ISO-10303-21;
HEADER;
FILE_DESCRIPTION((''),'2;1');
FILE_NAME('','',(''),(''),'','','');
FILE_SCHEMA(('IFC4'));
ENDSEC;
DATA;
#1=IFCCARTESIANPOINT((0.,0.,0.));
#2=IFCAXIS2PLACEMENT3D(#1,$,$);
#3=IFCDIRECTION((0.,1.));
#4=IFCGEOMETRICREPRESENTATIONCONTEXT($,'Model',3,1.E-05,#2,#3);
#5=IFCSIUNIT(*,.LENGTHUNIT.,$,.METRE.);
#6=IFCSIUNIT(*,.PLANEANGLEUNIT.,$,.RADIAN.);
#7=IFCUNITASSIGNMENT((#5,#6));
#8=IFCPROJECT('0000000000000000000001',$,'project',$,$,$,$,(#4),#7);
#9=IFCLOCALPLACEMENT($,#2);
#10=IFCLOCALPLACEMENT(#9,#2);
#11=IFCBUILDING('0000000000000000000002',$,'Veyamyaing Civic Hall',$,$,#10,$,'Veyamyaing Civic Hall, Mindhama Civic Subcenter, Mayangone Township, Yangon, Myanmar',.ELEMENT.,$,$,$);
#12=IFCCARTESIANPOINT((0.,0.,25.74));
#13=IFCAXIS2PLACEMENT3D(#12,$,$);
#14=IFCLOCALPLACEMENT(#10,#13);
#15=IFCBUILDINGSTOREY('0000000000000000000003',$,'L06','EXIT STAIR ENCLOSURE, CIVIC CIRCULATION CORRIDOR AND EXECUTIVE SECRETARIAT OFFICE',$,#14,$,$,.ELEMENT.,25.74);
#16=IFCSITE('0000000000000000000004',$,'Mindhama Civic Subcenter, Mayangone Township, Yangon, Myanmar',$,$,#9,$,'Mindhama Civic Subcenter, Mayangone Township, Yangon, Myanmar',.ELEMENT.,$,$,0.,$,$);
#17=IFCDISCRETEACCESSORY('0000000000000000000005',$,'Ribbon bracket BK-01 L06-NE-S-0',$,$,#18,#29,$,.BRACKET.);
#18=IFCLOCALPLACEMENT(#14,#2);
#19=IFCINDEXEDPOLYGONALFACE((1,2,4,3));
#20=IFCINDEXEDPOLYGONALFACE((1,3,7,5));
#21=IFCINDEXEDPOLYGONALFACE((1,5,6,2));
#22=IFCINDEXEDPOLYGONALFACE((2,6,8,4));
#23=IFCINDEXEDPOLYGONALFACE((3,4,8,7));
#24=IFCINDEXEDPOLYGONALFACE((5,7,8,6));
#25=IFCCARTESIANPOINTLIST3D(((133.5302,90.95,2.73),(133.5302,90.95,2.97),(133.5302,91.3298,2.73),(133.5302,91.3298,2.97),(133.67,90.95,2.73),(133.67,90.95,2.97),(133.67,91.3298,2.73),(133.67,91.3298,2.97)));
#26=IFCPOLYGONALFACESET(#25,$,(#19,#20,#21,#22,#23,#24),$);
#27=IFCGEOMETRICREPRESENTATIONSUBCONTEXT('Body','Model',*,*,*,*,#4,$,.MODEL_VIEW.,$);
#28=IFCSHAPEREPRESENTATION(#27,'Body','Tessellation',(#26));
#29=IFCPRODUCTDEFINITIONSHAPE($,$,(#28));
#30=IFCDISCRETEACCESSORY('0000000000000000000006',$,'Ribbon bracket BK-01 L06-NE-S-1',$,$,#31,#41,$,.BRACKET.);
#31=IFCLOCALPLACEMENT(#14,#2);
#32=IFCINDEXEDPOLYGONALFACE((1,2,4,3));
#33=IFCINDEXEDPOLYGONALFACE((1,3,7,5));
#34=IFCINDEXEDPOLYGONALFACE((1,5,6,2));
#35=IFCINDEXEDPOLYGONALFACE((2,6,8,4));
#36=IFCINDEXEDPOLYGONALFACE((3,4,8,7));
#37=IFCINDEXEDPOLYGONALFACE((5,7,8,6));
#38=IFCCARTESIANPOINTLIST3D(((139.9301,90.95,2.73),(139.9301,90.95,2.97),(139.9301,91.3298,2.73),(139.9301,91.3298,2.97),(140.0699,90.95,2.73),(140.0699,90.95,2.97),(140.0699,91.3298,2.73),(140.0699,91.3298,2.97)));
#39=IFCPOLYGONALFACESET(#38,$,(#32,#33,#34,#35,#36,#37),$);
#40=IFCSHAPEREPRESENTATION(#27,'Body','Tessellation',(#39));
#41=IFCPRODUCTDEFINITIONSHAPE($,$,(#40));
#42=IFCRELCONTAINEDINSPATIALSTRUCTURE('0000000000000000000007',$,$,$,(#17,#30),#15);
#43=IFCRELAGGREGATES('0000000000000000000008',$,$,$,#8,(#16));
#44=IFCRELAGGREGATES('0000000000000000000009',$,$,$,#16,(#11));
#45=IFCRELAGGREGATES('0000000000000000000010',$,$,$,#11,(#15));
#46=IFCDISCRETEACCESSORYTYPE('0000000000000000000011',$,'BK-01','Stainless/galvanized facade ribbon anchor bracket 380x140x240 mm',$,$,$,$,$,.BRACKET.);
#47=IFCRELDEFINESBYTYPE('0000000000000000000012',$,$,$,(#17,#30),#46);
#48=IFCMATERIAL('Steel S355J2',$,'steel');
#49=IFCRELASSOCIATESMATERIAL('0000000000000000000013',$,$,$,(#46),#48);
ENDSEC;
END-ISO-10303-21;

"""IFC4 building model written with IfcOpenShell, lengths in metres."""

from ifc_helpers import new_model, si_unit, direction, frame, origin, origin_2d, place, context, subcontext, project, spatial, rectangle, extrude, material, type_object, element, save


model = new_model("IFC4")

# Units and contexts
model_context = context("Model", 3, precision=1e-05, world=origin(), true_north=direction((0.0, 1.0)))
body_context = subcontext(model_context, "Body", "Model", "MODEL_VIEW")
ifc_project = project(units=[si_unit("LENGTHUNIT", "METRE"), si_unit("PLANEANGLEUNIT", "RADIAN")], contexts=[model_context])

# Site, building, storey
site_placement = place(None, origin())
site = spatial("IfcSite", under=ifc_project, at=site_placement, Name="Mindhama Civic Subcenter, Mayangone Township, Yangon, Myanmar", LongName="Mindhama Civic Subcenter, Mayangone Township, Yangon, Myanmar", CompositionType="ELEMENT", RefElevation=0.0)
building_placement = place(site_placement, origin())
building = spatial("IfcBuilding", under=site, at=building_placement, Name="Veyamyaing Civic Hall", LongName="Veyamyaing Civic Hall, Mindhama Civic Subcenter, Mayangone Township, Yangon, Myanmar", CompositionType="ELEMENT")
storey_placement = place(building_placement, frame((0.0, 0.0, 25.74)))
storey = spatial("IfcBuildingStorey", under=building, at=storey_placement, Name="L06", Description="EXIT STAIR ENCLOSURE, CIVIC CIRCULATION CORRIDOR AND EXECUTIVE SECRETARIAT OFFICE", CompositionType="ELEMENT", Elevation=25.74)

# Shared definitions
ifc_material_1 = material(Name="Steel S355J2", Category="steel")

# Discrete accessories
discrete_accessory_type = type_object("IfcDiscreteAccessoryType", Name="BK-01", Description="Stainless/galvanized facade ribbon anchor bracket 380x140x240 mm", PredefinedType="BRACKET", material=ifc_material_1)
for number, where, z_axis, x_axis, name in (
    (1, (133.6001, 91.1399, 2.73), (0.0, 0.0, 1.0), (0.0, -1.0, 0.0), "Ribbon bracket BK-01 L06-NE-S-0"),
    (2, (140.0, 91.1399, 2.73), (0.0, 0.0, 1.0), (0.0, -1.0, 0.0), "Ribbon bracket BK-01 L06-NE-S-1"),
):
    element("IfcDiscreteAccessory", number, at=place(storey_placement, frame(where, z_axis=z_axis, x_axis=x_axis)), inside=storey, type_object=discrete_accessory_type, Name=name, PredefinedType="BRACKET", context=body_context, shape_type="SweptSolid", body=[
        extrude(rectangle(XDim=0.3799, YDim=0.1399, at=origin_2d()), origin(), (0.0, 0.0, 1.0), 0.24),
    ])

save(model, "model.ifc")
